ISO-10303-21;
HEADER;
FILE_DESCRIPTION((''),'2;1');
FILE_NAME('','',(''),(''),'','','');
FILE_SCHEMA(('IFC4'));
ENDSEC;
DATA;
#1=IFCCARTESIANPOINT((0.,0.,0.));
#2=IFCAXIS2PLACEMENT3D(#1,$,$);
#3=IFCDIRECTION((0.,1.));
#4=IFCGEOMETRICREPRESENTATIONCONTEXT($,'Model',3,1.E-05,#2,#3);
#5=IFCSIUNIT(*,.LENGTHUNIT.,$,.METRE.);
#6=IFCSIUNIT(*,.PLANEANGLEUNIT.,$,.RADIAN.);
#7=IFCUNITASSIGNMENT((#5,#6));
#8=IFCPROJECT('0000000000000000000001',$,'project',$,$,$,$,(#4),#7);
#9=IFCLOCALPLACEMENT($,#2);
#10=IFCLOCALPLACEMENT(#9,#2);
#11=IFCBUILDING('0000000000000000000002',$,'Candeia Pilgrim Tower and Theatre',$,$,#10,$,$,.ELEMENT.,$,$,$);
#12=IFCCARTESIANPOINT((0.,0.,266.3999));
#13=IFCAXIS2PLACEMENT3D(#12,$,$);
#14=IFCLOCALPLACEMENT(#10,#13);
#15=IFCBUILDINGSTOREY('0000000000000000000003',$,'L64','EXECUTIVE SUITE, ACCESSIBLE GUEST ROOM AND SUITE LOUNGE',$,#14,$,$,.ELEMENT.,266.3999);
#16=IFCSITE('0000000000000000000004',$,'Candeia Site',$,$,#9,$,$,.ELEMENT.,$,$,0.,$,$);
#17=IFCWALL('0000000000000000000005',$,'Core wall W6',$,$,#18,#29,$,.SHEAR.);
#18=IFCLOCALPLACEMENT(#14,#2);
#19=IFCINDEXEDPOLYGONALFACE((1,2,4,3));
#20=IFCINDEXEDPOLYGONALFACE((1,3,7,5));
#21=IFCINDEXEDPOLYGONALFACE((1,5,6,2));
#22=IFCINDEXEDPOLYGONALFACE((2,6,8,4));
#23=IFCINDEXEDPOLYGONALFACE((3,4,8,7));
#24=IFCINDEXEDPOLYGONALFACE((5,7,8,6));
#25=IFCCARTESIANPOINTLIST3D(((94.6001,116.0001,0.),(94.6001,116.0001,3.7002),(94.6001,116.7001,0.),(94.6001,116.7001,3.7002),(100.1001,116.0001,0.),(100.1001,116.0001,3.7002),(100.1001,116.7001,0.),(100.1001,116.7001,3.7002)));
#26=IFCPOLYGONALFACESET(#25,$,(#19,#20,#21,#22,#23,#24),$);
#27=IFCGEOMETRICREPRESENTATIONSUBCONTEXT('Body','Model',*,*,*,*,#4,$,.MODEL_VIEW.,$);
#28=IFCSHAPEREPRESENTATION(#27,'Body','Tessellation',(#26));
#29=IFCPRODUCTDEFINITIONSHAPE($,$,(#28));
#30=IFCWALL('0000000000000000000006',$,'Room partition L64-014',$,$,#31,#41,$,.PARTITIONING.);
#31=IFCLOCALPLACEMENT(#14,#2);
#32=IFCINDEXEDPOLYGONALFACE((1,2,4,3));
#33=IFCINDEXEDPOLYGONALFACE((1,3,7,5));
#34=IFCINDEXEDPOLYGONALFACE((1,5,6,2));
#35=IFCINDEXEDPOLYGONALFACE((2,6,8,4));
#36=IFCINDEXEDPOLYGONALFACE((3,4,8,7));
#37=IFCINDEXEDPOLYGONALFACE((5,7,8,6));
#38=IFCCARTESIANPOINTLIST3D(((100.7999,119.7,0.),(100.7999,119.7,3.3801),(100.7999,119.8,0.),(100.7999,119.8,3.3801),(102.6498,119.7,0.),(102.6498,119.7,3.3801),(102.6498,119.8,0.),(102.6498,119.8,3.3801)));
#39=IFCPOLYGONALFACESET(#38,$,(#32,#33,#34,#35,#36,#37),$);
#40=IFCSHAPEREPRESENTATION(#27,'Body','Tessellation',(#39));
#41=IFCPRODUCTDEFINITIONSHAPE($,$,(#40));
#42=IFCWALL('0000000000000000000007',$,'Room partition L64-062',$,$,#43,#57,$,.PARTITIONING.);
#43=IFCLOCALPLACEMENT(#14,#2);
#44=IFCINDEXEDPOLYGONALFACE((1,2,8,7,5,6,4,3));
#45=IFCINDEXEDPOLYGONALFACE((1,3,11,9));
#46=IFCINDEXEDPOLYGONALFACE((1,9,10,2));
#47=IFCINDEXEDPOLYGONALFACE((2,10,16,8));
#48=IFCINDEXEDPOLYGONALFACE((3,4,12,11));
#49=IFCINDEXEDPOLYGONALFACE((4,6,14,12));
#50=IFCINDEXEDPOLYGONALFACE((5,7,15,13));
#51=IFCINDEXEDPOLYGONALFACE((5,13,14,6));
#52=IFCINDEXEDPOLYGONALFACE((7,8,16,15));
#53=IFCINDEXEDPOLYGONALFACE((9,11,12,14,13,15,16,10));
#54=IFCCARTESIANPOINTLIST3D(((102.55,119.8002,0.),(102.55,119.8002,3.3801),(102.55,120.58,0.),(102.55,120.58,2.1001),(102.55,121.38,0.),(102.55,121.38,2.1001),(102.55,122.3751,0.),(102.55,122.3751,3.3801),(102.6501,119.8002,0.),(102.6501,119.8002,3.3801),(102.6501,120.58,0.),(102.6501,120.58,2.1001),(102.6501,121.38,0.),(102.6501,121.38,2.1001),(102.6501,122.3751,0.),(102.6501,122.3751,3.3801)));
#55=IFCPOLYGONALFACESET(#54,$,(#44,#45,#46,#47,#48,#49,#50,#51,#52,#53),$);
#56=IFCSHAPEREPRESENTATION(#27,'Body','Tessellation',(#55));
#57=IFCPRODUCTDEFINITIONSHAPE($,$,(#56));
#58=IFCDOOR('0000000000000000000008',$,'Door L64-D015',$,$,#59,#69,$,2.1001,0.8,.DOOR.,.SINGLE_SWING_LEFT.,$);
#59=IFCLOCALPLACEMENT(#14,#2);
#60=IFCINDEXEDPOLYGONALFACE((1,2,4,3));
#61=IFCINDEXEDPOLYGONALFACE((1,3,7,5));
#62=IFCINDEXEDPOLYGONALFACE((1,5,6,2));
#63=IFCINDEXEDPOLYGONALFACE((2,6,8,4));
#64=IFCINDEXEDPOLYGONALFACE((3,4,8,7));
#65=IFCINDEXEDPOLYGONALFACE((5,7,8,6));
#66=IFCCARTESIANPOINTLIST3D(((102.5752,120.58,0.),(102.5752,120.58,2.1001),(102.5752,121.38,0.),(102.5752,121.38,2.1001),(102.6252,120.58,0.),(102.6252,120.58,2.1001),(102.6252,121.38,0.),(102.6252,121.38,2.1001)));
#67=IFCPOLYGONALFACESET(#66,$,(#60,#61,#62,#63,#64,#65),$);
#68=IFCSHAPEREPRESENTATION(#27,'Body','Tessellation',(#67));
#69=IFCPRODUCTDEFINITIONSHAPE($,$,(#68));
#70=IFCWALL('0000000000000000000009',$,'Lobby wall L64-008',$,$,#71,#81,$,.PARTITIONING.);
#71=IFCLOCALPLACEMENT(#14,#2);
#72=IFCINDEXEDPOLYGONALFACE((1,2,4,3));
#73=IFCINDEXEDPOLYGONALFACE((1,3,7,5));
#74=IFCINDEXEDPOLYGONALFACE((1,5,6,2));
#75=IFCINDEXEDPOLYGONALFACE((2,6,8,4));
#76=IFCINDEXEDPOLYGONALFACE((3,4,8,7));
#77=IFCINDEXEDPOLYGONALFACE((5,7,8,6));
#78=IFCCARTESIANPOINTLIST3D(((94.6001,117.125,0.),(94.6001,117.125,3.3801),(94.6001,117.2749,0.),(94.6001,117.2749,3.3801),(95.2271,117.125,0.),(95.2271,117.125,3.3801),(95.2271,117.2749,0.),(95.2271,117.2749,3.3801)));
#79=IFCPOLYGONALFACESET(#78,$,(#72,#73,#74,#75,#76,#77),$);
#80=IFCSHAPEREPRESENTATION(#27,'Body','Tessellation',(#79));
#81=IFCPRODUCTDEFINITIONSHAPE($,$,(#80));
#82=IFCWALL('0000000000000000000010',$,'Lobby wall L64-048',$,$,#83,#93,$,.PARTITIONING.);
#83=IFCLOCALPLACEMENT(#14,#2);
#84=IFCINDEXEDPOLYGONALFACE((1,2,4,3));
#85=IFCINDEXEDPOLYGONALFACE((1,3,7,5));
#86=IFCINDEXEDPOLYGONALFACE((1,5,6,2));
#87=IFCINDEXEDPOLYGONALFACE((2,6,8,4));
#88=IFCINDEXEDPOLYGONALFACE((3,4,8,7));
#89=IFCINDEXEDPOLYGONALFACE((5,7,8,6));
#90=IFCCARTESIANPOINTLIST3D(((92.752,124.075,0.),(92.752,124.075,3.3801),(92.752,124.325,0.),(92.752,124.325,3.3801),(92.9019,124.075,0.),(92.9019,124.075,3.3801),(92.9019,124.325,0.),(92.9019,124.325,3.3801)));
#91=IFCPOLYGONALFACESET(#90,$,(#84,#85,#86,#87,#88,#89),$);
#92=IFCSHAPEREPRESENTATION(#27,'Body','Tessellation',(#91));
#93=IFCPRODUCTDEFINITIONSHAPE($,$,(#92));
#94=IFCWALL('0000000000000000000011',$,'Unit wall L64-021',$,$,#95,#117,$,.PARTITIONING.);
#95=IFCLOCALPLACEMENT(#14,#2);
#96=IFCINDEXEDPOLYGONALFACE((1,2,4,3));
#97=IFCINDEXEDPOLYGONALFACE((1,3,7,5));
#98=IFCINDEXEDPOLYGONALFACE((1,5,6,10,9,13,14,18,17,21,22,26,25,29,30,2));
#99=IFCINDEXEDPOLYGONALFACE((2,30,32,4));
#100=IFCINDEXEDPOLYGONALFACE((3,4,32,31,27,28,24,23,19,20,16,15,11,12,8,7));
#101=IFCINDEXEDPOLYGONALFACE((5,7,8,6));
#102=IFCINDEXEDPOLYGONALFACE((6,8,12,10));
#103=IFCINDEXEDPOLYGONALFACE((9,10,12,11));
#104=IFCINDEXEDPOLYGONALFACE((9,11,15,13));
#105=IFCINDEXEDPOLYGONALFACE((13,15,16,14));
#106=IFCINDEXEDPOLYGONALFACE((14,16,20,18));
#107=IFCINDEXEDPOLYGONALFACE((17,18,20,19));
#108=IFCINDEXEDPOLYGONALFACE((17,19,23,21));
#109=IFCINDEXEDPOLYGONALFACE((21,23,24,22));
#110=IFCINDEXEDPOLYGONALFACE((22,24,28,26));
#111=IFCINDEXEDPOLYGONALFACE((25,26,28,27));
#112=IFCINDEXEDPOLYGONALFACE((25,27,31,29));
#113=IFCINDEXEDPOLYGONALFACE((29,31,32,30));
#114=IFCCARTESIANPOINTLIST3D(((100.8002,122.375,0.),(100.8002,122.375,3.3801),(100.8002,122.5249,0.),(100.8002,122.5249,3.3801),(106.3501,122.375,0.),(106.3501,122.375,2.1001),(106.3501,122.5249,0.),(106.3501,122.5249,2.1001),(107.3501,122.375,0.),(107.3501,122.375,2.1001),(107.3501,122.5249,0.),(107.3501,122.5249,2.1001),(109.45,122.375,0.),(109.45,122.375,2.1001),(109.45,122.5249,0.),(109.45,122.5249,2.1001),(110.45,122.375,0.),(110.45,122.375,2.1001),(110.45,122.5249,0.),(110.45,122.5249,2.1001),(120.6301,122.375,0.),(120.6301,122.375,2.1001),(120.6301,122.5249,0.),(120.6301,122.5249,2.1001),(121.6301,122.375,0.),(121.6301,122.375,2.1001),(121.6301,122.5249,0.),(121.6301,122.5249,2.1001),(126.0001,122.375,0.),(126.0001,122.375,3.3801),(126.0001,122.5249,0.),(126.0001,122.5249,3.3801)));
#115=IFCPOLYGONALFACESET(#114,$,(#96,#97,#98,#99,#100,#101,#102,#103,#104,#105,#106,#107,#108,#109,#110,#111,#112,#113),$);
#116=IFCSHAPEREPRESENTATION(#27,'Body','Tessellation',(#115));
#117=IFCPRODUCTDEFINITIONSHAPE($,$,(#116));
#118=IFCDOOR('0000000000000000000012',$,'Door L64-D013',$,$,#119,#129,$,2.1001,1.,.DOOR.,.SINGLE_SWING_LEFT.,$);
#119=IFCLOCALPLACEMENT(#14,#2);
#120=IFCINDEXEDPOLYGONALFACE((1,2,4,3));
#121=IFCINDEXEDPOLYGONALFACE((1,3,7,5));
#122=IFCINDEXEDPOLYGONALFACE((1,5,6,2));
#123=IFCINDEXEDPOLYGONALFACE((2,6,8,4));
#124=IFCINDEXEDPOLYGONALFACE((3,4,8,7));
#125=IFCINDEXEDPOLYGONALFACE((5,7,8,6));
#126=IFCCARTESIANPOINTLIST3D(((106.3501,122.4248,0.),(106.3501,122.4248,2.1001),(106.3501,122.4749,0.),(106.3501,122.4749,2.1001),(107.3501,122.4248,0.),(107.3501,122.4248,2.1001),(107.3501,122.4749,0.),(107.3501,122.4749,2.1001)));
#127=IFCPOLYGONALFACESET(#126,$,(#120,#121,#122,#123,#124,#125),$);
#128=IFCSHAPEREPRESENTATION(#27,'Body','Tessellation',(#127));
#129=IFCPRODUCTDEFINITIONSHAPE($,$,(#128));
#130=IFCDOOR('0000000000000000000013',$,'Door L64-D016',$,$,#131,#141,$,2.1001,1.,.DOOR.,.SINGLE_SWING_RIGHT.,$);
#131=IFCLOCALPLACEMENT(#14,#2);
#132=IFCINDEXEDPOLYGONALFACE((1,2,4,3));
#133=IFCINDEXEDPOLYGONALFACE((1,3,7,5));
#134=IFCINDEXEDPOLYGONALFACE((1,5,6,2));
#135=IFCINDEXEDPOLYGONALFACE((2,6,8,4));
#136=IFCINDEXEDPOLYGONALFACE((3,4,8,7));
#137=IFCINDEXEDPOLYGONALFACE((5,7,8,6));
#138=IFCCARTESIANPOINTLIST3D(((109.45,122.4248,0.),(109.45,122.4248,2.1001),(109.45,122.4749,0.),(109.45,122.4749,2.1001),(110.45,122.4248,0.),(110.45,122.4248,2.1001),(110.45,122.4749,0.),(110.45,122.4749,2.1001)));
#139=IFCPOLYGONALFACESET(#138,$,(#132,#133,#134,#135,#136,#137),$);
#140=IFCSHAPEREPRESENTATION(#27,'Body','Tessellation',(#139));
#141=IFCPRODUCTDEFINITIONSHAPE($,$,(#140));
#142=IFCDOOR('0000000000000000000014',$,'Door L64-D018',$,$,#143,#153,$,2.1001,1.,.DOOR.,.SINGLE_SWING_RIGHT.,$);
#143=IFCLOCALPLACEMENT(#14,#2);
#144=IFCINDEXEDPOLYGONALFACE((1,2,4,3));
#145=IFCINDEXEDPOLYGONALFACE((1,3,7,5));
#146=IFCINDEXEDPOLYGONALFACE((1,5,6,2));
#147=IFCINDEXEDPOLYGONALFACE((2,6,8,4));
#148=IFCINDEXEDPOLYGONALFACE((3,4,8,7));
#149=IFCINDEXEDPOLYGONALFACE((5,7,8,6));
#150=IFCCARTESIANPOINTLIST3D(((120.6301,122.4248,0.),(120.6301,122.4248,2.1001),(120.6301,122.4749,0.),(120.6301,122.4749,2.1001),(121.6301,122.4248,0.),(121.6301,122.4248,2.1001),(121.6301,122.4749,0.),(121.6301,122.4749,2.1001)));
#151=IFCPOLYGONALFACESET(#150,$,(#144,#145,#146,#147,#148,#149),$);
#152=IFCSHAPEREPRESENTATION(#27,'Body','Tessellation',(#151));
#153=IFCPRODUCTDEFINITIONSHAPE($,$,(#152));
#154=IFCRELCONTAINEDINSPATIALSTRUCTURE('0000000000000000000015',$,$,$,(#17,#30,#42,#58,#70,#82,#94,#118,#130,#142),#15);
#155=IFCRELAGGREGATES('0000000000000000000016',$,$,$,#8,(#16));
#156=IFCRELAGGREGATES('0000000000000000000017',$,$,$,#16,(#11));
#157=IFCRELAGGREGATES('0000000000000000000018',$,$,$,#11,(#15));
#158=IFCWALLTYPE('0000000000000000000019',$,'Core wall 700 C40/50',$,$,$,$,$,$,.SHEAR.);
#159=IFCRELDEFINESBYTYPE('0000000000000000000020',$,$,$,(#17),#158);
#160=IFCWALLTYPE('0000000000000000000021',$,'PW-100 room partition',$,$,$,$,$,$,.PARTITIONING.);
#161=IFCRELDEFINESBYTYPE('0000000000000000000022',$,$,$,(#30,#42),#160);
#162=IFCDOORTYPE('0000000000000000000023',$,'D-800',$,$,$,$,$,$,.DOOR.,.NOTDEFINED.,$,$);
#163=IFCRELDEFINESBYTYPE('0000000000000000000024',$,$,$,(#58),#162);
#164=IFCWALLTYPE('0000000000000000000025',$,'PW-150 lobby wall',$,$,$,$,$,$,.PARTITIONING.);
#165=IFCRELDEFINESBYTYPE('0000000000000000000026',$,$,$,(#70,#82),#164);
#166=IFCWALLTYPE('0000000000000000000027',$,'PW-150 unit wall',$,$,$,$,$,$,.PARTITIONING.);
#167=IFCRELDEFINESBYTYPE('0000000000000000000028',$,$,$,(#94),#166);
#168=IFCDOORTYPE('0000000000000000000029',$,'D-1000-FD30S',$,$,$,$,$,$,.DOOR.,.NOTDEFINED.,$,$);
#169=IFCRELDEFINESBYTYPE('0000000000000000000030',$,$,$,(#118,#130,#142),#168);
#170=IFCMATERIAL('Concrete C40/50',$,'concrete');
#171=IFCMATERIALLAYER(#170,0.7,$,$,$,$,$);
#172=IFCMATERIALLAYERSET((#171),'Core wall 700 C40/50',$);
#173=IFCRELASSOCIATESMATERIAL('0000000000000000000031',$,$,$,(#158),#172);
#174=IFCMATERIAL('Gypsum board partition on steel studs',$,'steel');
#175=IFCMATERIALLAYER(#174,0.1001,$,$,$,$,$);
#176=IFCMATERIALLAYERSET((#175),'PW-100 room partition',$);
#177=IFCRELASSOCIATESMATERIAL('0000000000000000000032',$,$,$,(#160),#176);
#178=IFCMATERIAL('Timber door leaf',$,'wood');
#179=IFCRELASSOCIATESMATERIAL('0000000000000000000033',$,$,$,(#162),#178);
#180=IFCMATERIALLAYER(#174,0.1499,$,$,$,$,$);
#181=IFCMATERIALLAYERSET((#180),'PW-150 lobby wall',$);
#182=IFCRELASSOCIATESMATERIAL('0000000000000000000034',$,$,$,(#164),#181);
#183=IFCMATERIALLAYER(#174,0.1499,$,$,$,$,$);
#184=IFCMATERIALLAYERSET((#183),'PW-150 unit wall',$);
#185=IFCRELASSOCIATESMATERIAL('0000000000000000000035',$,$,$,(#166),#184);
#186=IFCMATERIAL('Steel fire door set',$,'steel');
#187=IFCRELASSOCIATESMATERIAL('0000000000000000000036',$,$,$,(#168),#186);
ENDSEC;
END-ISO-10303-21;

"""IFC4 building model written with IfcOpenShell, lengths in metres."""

from ifc_helpers import new_model, si_unit, direction, frame, frame_2d, origin, place, context, subcontext, project, spatial, rectangle, extrude, material, layer, layer_set, type_object, element, fill, save


model = new_model("IFC4")

# Units and contexts
model_context = context("Model", 3, precision=1e-05, world=origin(), true_north=direction((0.0, 1.0)))
body_context = subcontext(model_context, "Body", "Model", "MODEL_VIEW")
ifc_project = project(units=[si_unit("LENGTHUNIT", "METRE"), si_unit("PLANEANGLEUNIT", "RADIAN")], contexts=[model_context])

# Site, building, storey
site_placement = place(None, origin())
site = spatial("IfcSite", under=ifc_project, at=site_placement, Name="Candeia Site", CompositionType="ELEMENT", RefElevation=0.0)
building_placement = place(site_placement, origin())
building = spatial("IfcBuilding", under=site, at=building_placement, Name="Candeia Pilgrim Tower and Theatre", CompositionType="ELEMENT")
storey_placement = place(building_placement, frame((0.0, 0.0, 266.3999)))
storey = spatial("IfcBuildingStorey", under=building, at=storey_placement, Name="L64", Description="EXECUTIVE SUITE, ACCESSIBLE GUEST ROOM AND SUITE LOUNGE", CompositionType="ELEMENT", Elevation=266.3999)

# Walls
ifc_material_1 = material(Name="Concrete C40/50", Category="concrete")
ifc_layer_1 = layer(ifc_material_1, 0.7)
ifc_layer_set_1 = layer_set([ifc_layer_1], Name="Core wall 700 C40/50")
wall_type_1 = type_object("IfcWallType", Name="Core wall 700 C40/50", PredefinedType="SHEAR", material=ifc_layer_set_1)
wall_1_placement = place(storey_placement, frame((94.6001, 116.3501, 0.0), z_axis=(0.0, 0.0, 1.0), x_axis=(1.0, 0.0, 0.0)))
element("IfcWall", 1, at=wall_1_placement, inside=storey, type_object=wall_type_1, Name="Core wall W6", PredefinedType="SHEAR", context=body_context, shape_type="SweptSolid", body=[
    extrude(rectangle(XDim=5.5, YDim=0.7, at=frame_2d((2.75, 0.0))), origin(), (0.0, 0.0, 1.0), 3.7002),
])
ifc_material_2 = material(Name="Gypsum board partition on steel studs", Category="steel")
ifc_layer_2 = layer(ifc_material_2, 0.1001)
ifc_layer_set_2 = layer_set([ifc_layer_2], Name="PW-100 room partition")
wall_type_2 = type_object("IfcWallType", Name="PW-100 room partition", PredefinedType="PARTITIONING", material=ifc_layer_set_2)
wall_2_placement = place(storey_placement, frame((100.8, 119.75, 0.0), z_axis=(0.0, 0.0, 1.0), x_axis=(1.0, 0.0, 0.0)))
element("IfcWall", 2, at=wall_2_placement, inside=storey, type_object=wall_type_2, Name="Room partition L64-014", PredefinedType="PARTITIONING", context=body_context, shape_type="SweptSolid", body=[
    extrude(rectangle(XDim=1.8499, YDim=0.1001, at=frame_2d((0.9248, 0.0))), origin(), (0.0, 0.0, 1.0), 3.3801),
])

# Wall, opening, door
wall_3_placement = place(storey_placement, frame((102.6001, 119.8, 0.0), z_axis=(0.0, 0.0, 1.0), x_axis=(0.0, 1.0, 0.0)))
wall_3 = element("IfcWall", 3, at=wall_3_placement, inside=storey, type_object=wall_type_2, Name="Room partition L64-062", PredefinedType="PARTITIONING", context=body_context, shape_type="SweptSolid", body=[
    extrude(rectangle(XDim=2.575, YDim=0.1001, at=frame_2d((1.2876, 0.0))), origin(), (0.0, 0.0, 1.0), 3.3801),
])
opening_1_placement = place(wall_3_placement, frame((0.78, 0.0, 0.0)))
opening_1 = element("IfcOpeningElement", 4, at=opening_1_placement, cuts=wall_3, PredefinedType="OPENING", context=body_context, shape_type="SweptSolid", body=[
    extrude(rectangle(XDim=0.8, YDim=2.1001, at=frame_2d((0.3999, 1.05))), frame((0.0, 0.0601, 0.0), z_axis=(0.0, -1.0, 0.0), x_axis=(1.0, 0.0, 0.0)), (0.0, 0.0, 1.0), 0.1201),
])
ifc_material_3 = material(Name="Timber door leaf", Category="wood")
door_type_1 = type_object("IfcDoorType", Name="D-800", OperationType="NOTDEFINED", PredefinedType="DOOR", material=ifc_material_3)
door_1_placement = place(opening_1_placement, origin())
door_1 = element("IfcDoor", 5, at=door_1_placement, inside=storey, type_object=door_type_1, Name="Door L64-D015", OperationType="SINGLE_SWING_LEFT", OverallHeight=2.1001, OverallWidth=0.8, PredefinedType="DOOR", context=body_context, shape_type="SweptSolid", body=[
    extrude(rectangle(XDim=0.8, YDim=2.1001, at=frame_2d((0.3999, 1.05))), frame((0.0, 0.0249, 0.0), z_axis=(0.0, -1.0, 0.0), x_axis=(1.0, 0.0, 0.0)), (0.0, 0.0, 1.0), 0.05),
])
fill(opening_1, door_1)

# Walls
ifc_layer_3 = layer(ifc_material_2, 0.1499)
ifc_layer_set_3 = layer_set([ifc_layer_3], Name="PW-150 lobby wall")
wall_type_3 = type_object("IfcWallType", Name="PW-150 lobby wall", PredefinedType="PARTITIONING", material=ifc_layer_set_3)
wall_4_placement = place(storey_placement, frame((94.6001, 117.2, 0.0), z_axis=(0.0, 0.0, 1.0), x_axis=(1.0, 0.0, 0.0)))
element("IfcWall", 6, at=wall_4_placement, inside=storey, type_object=wall_type_3, Name="Lobby wall L64-008", PredefinedType="PARTITIONING", context=body_context, shape_type="SweptSolid", body=[
    extrude(rectangle(XDim=0.627, YDim=0.1499, at=frame_2d((0.3135, 0.0))), origin(), (0.0, 0.0, 1.0), 3.3801),
])
wall_5_placement = place(storey_placement, frame((92.8269, 124.075, 0.0), z_axis=(0.0, 0.0, 1.0), x_axis=(0.0, 1.0, 0.0)))
element("IfcWall", 7, at=wall_5_placement, inside=storey, type_object=wall_type_3, Name="Lobby wall L64-048", PredefinedType="PARTITIONING", context=body_context, shape_type="SweptSolid", body=[
    extrude(rectangle(XDim=0.25, YDim=0.1499, at=frame_2d((0.125, 0.0))), origin(), (0.0, 0.0, 1.0), 3.3801),
])

# Wall, openings, doors
ifc_layer_4 = layer(ifc_material_2, 0.1499)
ifc_layer_set_4 = layer_set([ifc_layer_4], Name="PW-150 unit wall")
wall_type_4 = type_object("IfcWallType", Name="PW-150 unit wall", PredefinedType="PARTITIONING", material=ifc_layer_set_4)
wall_6_placement = place(storey_placement, frame((100.8, 122.45, 0.0), z_axis=(0.0, 0.0, 1.0), x_axis=(1.0, 0.0, 0.0)))
wall_6 = element("IfcWall", 8, at=wall_6_placement, inside=storey, type_object=wall_type_4, Name="Unit wall L64-021", PredefinedType="PARTITIONING", context=body_context, shape_type="SweptSolid", body=[
    extrude(rectangle(XDim=25.2, YDim=0.1499, at=frame_2d((12.6001, 0.0))), origin(), (0.0, 0.0, 1.0), 3.3801),
])
opening_2_placement = place(wall_6_placement, frame((5.55, 0.0, 0.0)))
opening_2 = element("IfcOpeningElement", 9, at=opening_2_placement, cuts=wall_6, PredefinedType="OPENING", context=body_context, shape_type="SweptSolid", body=[
    extrude(rectangle(XDim=1.0, YDim=2.1001, at=frame_2d((0.5, 1.05))), frame((0.0, 0.085, 0.0), z_axis=(0.0, -1.0, 0.0), x_axis=(1.0, 0.0, 0.0)), (0.0, 0.0, 1.0), 0.1699),
])
opening_3_placement = place(wall_6_placement, frame((8.6499, 0.0, 0.0)))
opening_3 = element("IfcOpeningElement", 10, at=opening_3_placement, cuts=wall_6, PredefinedType="OPENING", context=body_context, shape_type="SweptSolid", body=[
    extrude(rectangle(XDim=1.0, YDim=2.1001, at=frame_2d((0.5, 1.05))), frame((0.0, 0.085, 0.0), z_axis=(0.0, -1.0, 0.0), x_axis=(1.0, 0.0, 0.0)), (0.0, 0.0, 1.0), 0.1699),
])
opening_4_placement = place(wall_6_placement, frame((19.8301, 0.0, 0.0)))
opening_4 = element("IfcOpeningElement", 11, at=opening_4_placement, cuts=wall_6, PredefinedType="OPENING", context=body_context, shape_type="SweptSolid", body=[
    extrude(rectangle(XDim=1.0, YDim=2.1001, at=frame_2d((0.5, 1.05))), frame((0.0, 0.085, 0.0), z_axis=(0.0, -1.0, 0.0), x_axis=(1.0, 0.0, 0.0)), (0.0, 0.0, 1.0), 0.1699),
])
ifc_material_4 = material(Name="Steel fire door set", Category="steel")
door_type_2 = type_object("IfcDoorType", Name="D-1000-FD30S", OperationType="NOTDEFINED", PredefinedType="DOOR", material=ifc_material_4)
door_2_placement = place(opening_2_placement, origin())
door_2 = element("IfcDoor", 12, at=door_2_placement, inside=storey, type_object=door_type_2, Name="Door L64-D013", OperationType="SINGLE_SWING_LEFT", OverallHeight=2.1001, OverallWidth=1.0, PredefinedType="DOOR", context=body_context, shape_type="SweptSolid", body=[
    extrude(rectangle(XDim=1.0, YDim=2.1001, at=frame_2d((0.5, 1.05))), frame((0.0, 0.0249, 0.0), z_axis=(0.0, -1.0, 0.0), x_axis=(1.0, 0.0, 0.0)), (0.0, 0.0, 1.0), 0.05),
])
fill(opening_2, door_2)
door_3_placement = place(opening_3_placement, origin())
door_3 = element("IfcDoor", 13, at=door_3_placement, inside=storey, type_object=door_type_2, Name="Door L64-D016", OperationType="SINGLE_SWING_RIGHT", OverallHeight=2.1001, OverallWidth=1.0, PredefinedType="DOOR", context=body_context, shape_type="SweptSolid", body=[
    extrude(rectangle(XDim=1.0, YDim=2.1001, at=frame_2d((0.5, 1.05))), frame((0.0, 0.0249, 0.0), z_axis=(0.0, -1.0, 0.0), x_axis=(1.0, 0.0, 0.0)), (0.0, 0.0, 1.0), 0.05),
])
fill(opening_3, door_3)
door_4_placement = place(opening_4_placement, origin())
door_4 = element("IfcDoor", 14, at=door_4_placement, inside=storey, type_object=door_type_2, Name="Door L64-D018", OperationType="SINGLE_SWING_RIGHT", OverallHeight=2.1001, OverallWidth=1.0, PredefinedType="DOOR", context=body_context, shape_type="SweptSolid", body=[
    extrude(rectangle(XDim=1.0, YDim=2.1001, at=frame_2d((0.5, 1.05))), frame((0.0, 0.0249, 0.0), z_axis=(0.0, -1.0, 0.0), x_axis=(1.0, 0.0, 0.0)), (0.0, 0.0, 1.0), 0.05),
])
fill(opening_4, door_4)

save(model, "model.ifc")
